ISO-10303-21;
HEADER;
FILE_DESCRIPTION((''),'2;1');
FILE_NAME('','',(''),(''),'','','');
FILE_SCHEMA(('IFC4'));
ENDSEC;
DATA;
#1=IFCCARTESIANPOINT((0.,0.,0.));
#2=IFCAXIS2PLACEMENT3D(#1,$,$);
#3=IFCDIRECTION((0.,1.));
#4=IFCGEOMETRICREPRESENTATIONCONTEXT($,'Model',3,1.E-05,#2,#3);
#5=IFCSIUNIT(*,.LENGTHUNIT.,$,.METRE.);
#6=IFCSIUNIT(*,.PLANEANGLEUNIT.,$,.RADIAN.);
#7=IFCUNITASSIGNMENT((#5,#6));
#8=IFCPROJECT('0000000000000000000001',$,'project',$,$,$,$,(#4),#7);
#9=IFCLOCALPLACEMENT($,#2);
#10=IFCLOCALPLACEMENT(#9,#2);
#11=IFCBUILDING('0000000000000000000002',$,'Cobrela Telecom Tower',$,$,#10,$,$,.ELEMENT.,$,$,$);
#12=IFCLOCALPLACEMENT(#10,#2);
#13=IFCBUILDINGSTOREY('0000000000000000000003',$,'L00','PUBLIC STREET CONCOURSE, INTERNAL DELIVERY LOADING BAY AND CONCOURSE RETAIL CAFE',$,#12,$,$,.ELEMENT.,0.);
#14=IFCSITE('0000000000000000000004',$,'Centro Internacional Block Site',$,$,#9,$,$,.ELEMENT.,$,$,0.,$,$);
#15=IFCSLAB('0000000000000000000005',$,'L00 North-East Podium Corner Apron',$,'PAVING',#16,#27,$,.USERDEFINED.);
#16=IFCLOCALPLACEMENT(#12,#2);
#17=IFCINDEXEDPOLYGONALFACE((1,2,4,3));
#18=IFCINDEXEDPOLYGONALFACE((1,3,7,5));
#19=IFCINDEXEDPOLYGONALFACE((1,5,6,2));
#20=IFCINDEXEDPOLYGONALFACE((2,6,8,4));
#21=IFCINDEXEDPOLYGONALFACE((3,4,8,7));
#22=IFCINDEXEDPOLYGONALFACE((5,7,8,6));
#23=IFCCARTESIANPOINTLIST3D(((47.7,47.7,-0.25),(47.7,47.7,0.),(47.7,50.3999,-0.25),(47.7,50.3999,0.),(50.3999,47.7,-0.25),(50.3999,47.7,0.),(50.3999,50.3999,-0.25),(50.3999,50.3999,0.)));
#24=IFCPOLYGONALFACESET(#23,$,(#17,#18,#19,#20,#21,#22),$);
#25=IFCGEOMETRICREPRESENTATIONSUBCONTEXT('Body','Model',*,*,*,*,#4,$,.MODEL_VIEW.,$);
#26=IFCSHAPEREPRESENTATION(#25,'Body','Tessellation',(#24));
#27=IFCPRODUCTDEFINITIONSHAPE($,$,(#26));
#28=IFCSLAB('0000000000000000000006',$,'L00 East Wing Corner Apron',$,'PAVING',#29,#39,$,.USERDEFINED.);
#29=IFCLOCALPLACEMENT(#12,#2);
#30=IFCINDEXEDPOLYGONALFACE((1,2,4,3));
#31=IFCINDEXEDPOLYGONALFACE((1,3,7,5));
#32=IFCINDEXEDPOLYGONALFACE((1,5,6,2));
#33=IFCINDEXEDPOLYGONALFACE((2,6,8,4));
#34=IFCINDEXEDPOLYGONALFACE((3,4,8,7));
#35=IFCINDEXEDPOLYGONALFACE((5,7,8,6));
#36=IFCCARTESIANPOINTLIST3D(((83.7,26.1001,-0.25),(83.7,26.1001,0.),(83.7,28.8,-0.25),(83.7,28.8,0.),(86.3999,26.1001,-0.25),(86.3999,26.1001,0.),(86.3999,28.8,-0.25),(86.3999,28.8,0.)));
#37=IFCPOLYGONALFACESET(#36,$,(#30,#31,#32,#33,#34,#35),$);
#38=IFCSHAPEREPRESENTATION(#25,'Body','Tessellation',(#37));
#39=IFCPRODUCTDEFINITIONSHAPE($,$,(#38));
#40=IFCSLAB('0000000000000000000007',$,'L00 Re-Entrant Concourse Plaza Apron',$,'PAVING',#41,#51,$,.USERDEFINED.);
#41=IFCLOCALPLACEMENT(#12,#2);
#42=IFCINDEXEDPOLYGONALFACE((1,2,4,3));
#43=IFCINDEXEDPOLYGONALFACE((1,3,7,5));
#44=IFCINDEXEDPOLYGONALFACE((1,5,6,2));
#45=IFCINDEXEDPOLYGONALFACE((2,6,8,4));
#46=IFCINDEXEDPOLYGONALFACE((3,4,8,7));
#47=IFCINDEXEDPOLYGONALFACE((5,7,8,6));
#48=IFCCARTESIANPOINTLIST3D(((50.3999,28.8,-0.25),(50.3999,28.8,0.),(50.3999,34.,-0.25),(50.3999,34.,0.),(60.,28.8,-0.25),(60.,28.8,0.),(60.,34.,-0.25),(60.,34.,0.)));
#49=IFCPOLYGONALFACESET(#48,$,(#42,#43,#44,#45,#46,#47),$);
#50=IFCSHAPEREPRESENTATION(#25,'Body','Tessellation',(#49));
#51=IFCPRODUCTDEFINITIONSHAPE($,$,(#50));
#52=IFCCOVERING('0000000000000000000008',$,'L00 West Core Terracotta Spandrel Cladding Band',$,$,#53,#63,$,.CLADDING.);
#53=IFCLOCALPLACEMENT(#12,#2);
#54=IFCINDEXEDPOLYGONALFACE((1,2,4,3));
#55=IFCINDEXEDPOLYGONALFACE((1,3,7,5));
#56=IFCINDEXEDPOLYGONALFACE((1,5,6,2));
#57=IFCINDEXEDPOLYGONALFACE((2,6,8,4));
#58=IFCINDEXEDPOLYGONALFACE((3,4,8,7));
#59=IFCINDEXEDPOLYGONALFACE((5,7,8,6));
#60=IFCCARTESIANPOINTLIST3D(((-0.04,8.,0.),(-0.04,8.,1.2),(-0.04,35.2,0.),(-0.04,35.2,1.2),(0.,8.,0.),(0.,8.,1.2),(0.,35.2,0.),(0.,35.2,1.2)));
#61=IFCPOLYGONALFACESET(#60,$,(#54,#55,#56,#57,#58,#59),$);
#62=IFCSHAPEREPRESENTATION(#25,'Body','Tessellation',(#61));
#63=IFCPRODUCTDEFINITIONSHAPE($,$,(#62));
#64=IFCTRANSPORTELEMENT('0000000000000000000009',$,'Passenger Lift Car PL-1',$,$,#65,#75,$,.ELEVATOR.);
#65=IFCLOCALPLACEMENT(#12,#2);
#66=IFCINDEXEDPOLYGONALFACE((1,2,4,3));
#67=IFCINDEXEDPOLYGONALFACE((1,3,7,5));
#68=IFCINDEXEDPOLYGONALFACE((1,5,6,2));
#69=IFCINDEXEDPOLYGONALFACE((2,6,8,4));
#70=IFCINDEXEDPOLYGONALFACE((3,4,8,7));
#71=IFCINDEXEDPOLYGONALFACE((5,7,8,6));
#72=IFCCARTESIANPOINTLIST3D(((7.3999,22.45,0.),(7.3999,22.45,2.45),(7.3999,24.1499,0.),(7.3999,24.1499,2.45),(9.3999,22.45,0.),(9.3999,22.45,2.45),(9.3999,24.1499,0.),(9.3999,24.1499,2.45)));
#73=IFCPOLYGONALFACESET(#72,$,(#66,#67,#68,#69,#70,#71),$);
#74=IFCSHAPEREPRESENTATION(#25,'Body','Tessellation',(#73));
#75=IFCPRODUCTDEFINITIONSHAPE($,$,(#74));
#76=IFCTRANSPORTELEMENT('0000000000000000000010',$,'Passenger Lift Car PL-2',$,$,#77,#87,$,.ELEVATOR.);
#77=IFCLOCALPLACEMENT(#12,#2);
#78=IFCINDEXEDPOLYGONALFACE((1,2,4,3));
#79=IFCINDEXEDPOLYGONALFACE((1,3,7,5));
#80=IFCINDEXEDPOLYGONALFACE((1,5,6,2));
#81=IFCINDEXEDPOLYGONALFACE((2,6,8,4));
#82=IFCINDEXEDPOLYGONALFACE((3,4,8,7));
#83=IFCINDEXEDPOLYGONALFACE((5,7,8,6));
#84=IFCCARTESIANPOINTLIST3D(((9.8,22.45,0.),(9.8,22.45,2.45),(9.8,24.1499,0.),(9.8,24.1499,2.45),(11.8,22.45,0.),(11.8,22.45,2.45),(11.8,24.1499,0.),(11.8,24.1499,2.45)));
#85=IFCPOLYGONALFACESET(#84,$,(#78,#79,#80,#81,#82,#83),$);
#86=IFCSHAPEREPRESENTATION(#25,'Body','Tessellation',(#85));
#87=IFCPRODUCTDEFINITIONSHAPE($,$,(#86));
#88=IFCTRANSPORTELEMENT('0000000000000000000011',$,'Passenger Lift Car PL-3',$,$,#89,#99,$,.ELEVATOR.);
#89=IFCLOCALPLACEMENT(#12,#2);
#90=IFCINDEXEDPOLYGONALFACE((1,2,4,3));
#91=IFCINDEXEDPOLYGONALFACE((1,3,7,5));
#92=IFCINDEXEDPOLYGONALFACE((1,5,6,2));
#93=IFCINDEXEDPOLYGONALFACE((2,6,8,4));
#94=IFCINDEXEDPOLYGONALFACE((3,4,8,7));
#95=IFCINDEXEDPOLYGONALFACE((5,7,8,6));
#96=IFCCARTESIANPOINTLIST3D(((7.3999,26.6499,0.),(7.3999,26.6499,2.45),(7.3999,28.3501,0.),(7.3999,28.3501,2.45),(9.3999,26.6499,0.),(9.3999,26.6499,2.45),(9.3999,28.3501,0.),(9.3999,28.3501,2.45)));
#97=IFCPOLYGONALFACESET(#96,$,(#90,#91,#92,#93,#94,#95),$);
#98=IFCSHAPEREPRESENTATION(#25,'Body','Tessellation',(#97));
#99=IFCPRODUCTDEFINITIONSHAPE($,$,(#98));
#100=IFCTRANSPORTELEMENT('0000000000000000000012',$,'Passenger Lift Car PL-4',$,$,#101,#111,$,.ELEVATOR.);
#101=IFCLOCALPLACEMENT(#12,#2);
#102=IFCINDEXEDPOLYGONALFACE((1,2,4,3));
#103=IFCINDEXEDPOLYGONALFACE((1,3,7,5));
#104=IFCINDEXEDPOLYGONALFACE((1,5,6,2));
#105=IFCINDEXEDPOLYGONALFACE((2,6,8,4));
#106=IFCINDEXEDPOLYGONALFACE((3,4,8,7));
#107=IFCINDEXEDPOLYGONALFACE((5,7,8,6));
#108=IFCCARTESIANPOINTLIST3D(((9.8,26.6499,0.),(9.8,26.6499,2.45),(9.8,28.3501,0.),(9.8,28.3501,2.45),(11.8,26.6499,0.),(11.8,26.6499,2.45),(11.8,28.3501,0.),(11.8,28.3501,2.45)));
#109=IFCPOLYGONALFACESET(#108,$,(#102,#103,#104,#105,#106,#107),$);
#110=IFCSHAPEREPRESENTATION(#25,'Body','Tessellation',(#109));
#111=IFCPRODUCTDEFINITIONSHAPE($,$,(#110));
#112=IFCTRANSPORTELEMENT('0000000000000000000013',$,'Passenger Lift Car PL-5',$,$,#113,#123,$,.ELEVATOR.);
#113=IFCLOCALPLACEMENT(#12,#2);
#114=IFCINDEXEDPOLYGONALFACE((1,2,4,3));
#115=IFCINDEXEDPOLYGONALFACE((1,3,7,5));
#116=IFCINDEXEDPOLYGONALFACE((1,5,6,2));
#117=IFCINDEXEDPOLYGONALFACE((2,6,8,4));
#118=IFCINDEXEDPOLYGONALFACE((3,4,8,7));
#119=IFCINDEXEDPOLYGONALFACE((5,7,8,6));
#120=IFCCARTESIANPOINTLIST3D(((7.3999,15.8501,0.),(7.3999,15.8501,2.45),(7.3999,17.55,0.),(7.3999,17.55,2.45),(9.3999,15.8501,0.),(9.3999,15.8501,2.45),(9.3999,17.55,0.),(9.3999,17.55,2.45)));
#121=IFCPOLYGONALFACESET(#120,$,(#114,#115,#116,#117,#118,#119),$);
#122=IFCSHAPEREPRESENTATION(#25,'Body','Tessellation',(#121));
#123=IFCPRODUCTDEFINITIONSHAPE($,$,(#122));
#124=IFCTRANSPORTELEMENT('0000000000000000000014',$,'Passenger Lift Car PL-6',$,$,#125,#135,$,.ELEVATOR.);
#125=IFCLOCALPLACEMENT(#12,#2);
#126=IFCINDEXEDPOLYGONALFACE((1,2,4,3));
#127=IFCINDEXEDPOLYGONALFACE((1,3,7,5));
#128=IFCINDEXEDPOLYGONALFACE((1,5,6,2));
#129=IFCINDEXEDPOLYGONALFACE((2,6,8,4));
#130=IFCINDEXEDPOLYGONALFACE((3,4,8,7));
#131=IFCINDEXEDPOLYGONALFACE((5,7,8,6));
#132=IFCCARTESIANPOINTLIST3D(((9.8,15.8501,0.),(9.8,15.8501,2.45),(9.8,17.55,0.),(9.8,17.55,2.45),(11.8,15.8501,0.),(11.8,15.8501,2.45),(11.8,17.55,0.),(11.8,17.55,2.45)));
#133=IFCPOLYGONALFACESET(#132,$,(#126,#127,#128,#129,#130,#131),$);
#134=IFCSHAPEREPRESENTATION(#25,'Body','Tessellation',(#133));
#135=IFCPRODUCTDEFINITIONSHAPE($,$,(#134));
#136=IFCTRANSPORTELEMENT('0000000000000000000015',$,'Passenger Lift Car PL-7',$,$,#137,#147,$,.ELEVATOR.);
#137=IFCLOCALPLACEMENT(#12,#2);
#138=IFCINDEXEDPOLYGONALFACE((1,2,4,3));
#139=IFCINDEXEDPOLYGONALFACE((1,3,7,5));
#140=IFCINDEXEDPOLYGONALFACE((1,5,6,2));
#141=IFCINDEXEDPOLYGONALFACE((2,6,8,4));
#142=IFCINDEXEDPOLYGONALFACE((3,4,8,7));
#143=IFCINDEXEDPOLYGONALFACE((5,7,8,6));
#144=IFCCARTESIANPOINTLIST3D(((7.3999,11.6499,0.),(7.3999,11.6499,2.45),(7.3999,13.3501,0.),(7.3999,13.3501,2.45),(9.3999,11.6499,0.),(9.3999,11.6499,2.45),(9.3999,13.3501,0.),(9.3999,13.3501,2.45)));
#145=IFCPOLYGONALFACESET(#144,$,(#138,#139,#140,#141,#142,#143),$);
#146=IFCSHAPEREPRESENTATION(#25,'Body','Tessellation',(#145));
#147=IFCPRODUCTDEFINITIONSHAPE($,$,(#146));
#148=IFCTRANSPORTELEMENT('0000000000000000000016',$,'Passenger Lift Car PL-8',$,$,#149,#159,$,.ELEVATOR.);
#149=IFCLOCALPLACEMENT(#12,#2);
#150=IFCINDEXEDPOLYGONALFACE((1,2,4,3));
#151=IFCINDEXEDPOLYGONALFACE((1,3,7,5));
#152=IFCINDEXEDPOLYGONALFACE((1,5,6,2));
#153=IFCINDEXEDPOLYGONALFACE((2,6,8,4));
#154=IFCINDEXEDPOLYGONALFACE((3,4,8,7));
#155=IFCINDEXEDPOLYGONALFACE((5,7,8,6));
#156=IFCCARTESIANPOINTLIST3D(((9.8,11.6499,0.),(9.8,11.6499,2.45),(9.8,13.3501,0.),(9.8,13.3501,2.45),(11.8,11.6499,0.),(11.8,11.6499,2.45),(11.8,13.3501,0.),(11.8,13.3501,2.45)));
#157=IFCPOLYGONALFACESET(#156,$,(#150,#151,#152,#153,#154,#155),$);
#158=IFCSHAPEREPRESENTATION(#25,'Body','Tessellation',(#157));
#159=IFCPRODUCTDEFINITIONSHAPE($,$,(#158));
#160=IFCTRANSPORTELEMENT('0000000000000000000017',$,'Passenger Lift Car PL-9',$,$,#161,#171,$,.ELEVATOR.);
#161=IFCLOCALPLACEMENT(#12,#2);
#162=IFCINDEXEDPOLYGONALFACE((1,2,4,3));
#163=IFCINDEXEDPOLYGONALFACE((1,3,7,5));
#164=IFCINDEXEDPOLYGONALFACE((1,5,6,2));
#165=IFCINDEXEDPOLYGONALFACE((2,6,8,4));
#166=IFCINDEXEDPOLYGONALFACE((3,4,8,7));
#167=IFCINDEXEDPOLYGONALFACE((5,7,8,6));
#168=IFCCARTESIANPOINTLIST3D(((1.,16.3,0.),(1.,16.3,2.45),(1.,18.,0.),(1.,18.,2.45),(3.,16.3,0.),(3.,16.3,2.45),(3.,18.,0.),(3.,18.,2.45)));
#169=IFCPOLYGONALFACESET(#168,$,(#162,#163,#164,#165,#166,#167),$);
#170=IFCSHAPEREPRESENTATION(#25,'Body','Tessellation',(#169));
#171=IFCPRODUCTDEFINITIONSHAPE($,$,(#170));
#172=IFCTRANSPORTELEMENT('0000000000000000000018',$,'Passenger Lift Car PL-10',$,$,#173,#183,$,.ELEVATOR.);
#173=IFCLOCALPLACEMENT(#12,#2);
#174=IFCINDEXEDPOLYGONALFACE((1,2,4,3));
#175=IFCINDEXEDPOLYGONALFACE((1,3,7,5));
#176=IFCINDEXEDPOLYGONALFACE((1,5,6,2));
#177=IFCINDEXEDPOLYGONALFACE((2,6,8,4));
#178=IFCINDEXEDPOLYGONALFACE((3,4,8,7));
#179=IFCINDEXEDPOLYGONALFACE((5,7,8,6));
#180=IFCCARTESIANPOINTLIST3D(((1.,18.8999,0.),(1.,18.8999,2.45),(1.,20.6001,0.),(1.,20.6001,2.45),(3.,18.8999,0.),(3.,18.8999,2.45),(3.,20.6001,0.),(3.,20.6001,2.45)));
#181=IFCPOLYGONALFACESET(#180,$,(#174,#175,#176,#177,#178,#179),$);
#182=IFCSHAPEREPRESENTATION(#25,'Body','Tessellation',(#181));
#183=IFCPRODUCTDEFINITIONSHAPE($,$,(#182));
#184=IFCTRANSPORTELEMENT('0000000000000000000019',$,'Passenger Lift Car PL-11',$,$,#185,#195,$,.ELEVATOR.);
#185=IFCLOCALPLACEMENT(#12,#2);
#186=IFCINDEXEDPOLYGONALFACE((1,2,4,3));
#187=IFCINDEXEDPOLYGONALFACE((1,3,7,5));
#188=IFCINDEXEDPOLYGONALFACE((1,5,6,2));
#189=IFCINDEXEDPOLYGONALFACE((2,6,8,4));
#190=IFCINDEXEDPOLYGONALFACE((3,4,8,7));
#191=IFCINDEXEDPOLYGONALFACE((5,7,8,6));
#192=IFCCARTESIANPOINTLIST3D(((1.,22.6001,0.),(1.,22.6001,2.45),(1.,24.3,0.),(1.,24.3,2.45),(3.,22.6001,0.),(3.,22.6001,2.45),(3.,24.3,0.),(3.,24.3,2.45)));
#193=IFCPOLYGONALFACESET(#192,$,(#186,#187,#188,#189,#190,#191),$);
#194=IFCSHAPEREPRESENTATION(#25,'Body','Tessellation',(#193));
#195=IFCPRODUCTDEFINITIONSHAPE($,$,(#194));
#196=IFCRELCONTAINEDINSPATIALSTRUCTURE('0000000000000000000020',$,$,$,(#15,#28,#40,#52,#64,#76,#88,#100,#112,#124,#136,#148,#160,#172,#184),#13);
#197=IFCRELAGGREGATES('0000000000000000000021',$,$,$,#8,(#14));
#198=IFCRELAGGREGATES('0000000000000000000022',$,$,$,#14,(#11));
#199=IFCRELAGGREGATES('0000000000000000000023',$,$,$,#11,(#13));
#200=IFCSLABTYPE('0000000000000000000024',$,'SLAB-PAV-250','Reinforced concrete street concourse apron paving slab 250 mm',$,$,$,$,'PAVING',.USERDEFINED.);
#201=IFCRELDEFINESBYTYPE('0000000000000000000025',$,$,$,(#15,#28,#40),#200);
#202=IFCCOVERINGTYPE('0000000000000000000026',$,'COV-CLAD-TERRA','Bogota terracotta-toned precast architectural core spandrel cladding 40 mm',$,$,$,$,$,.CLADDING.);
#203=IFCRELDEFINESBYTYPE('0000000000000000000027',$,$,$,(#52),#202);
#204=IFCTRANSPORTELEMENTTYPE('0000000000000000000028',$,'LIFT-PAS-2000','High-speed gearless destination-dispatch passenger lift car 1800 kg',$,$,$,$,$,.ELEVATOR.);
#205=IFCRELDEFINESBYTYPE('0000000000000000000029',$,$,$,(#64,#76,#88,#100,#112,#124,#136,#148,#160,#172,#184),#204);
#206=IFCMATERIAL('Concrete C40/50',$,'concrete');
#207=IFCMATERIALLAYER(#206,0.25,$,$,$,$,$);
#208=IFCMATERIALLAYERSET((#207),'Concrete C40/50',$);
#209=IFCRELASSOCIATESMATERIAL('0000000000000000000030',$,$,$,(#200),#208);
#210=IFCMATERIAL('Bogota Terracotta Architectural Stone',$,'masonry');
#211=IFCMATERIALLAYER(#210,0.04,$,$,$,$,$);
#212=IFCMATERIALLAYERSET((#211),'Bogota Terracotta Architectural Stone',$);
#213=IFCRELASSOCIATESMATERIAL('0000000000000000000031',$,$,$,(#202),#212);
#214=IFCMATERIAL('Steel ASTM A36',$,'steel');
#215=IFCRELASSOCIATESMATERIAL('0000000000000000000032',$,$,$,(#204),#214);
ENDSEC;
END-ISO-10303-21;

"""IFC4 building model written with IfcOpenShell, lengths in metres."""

from ifc_helpers import new_model, si_unit, direction, frame, origin, place, context, subcontext, project, spatial, polyline, outline, extrude, material, layer, layer_set, type_object, element, save


model = new_model("IFC4")

# Units and contexts
model_context = context("Model", 3, precision=1e-05, world=origin(), true_north=direction((0.0, 1.0)))
body_context = subcontext(model_context, "Body", "Model", "MODEL_VIEW")
ifc_project = project(units=[si_unit("LENGTHUNIT", "METRE"), si_unit("PLANEANGLEUNIT", "RADIAN")], contexts=[model_context])

# Site, building, storey
site_placement = place(None, origin())
site = spatial("IfcSite", under=ifc_project, at=site_placement, Name="Centro Internacional Block Site", CompositionType="ELEMENT", RefElevation=0.0)
building_placement = place(site_placement, origin())
building = spatial("IfcBuilding", under=site, at=building_placement, Name="Cobrela Telecom Tower", CompositionType="ELEMENT")
storey_placement = place(building_placement, origin())
storey = spatial("IfcBuildingStorey", under=building, at=storey_placement, Name="L00", Description="PUBLIC STREET CONCOURSE, INTERNAL DELIVERY LOADING BAY AND CONCOURSE RETAIL CAFE", CompositionType="ELEMENT", Elevation=0.0)

# Shared definitions
ifc_material_1 = material(Name="Concrete C40/50", Category="concrete")

# Slabs
ifc_layer_1 = layer(ifc_material_1, 0.25)
ifc_layer_set_1 = layer_set([ifc_layer_1], Name="Concrete C40/50")
slab_type_1 = type_object("IfcSlabType", Name="SLAB-PAV-250", Description="Reinforced concrete street concourse apron paving slab 250 mm", ElementType="PAVING", PredefinedType="USERDEFINED", material=ifc_layer_set_1)
slab_1_placement = place(storey_placement, frame((0.0, 0.0, -0.25)))
element("IfcSlab", 1, at=slab_1_placement, inside=storey, type_object=slab_type_1, Name="L00 North-East Podium Corner Apron", ObjectType="PAVING", PredefinedType="USERDEFINED", context=body_context, shape_type="SweptSolid", body=[
    extrude(outline(polyline([(47.7, 47.7), (50.3999, 47.7), (50.3999, 50.3999), (47.7, 50.3999), (47.7, 47.7)])), origin(), (0.0, 0.0, 1.0), 0.25),
])
slab_2_placement = place(storey_placement, frame((0.0, 0.0, -0.25)))
element("IfcSlab", 2, at=slab_2_placement, inside=storey, type_object=slab_type_1, Name="L00 East Wing Corner Apron", ObjectType="PAVING", PredefinedType="USERDEFINED", context=body_context, shape_type="SweptSolid", body=[
    extrude(outline(polyline([(83.7, 26.1001), (86.3999, 26.1001), (86.3999, 28.8), (83.7, 28.8), (83.7, 26.1001)])), origin(), (0.0, 0.0, 1.0), 0.25),
])
slab_3_placement = place(storey_placement, frame((0.0, 0.0, -0.25)))
element("IfcSlab", 3, at=slab_3_placement, inside=storey, type_object=slab_type_1, Name="L00 Re-Entrant Concourse Plaza Apron", ObjectType="PAVING", PredefinedType="USERDEFINED", context=body_context, shape_type="SweptSolid", body=[
    extrude(outline(polyline([(50.3999, 28.8), (60.0, 28.8), (60.0, 34.0), (50.3999, 34.0), (50.3999, 28.8)])), origin(), (0.0, 0.0, 1.0), 0.25),
])

# Covering
ifc_material_2 = material(Name="Bogota Terracotta Architectural Stone", Category="masonry")
ifc_layer_2 = layer(ifc_material_2, 0.04)
ifc_layer_set_2 = layer_set([ifc_layer_2], Name="Bogota Terracotta Architectural Stone")
covering_type_1 = type_object("IfcCoveringType", Name="COV-CLAD-TERRA", Description="Bogota terracotta-toned precast architectural core spandrel cladding 40 mm", PredefinedType="CLADDING", material=ifc_layer_set_2)
covering_1_placement = place(storey_placement, origin())
element("IfcCovering", 4, at=covering_1_placement, inside=storey, type_object=covering_type_1, Name="L00 West Core Terracotta Spandrel Cladding Band", PredefinedType="CLADDING", context=body_context, shape_type="SweptSolid", body=[
    extrude(outline(polyline([(-0.04, 8.0), (0.0, 8.0), (0.0, 35.2), (-0.04, 35.2), (-0.04, 8.0)])), origin(), (0.0, 0.0, 1.0), 1.2),
])

# Transport elements
ifc_material_3 = material(Name="Steel ASTM A36", Category="steel")
transport_element_type = type_object("IfcTransportElementType", Name="LIFT-PAS-2000", Description="High-speed gearless destination-dispatch passenger lift car 1800 kg", PredefinedType="ELEVATOR", material=ifc_material_3)
transport_element_1_placement = place(storey_placement, origin())
element("IfcTransportElement", 5, at=transport_element_1_placement, inside=storey, type_object=transport_element_type, Name="Passenger Lift Car PL-1", PredefinedType="ELEVATOR", context=body_context, shape_type="SweptSolid", body=[
    extrude(outline(polyline([(7.3999, 22.45), (9.3999, 22.45), (9.3999, 24.1499), (7.3999, 24.1499), (7.3999, 22.45)])), origin(), (0.0, 0.0, 1.0), 2.45),
])
transport_element_2_placement = place(storey_placement, origin())
element("IfcTransportElement", 6, at=transport_element_2_placement, inside=storey, type_object=transport_element_type, Name="Passenger Lift Car PL-2", PredefinedType="ELEVATOR", context=body_context, shape_type="SweptSolid", body=[
    extrude(outline(polyline([(9.8, 22.45), (11.8, 22.45), (11.8, 24.1499), (9.8, 24.1499), (9.8, 22.45)])), origin(), (0.0, 0.0, 1.0), 2.45),
])
transport_element_3_placement = place(storey_placement, origin())
element("IfcTransportElement", 7, at=transport_element_3_placement, inside=storey, type_object=transport_element_type, Name="Passenger Lift Car PL-3", PredefinedType="ELEVATOR", context=body_context, shape_type="SweptSolid", body=[
    extrude(outline(polyline([(7.3999, 26.6499), (9.3999, 26.6499), (9.3999, 28.3501), (7.3999, 28.3501), (7.3999, 26.6499)])), origin(), (0.0, 0.0, 1.0), 2.45),
])
transport_element_4_placement = place(storey_placement, origin())
element("IfcTransportElement", 8, at=transport_element_4_placement, inside=storey, type_object=transport_element_type, Name="Passenger Lift Car PL-4", PredefinedType="ELEVATOR", context=body_context, shape_type="SweptSolid", body=[
    extrude(outline(polyline([(9.8, 26.6499), (11.8, 26.6499), (11.8, 28.3501), (9.8, 28.3501), (9.8, 26.6499)])), origin(), (0.0, 0.0, 1.0), 2.45),
])
transport_element_5_placement = place(storey_placement, origin())
element("IfcTransportElement", 9, at=transport_element_5_placement, inside=storey, type_object=transport_element_type, Name="Passenger Lift Car PL-5", PredefinedType="ELEVATOR", context=body_context, shape_type="SweptSolid", body=[
    extrude(outline(polyline([(7.3999, 15.8501), (9.3999, 15.8501), (9.3999, 17.55), (7.3999, 17.55), (7.3999, 15.8501)])), origin(), (0.0, 0.0, 1.0), 2.45),
])
transport_element_6_placement = place(storey_placement, origin())
element("IfcTransportElement", 10, at=transport_element_6_placement, inside=storey, type_object=transport_element_type, Name="Passenger Lift Car PL-6", PredefinedType="ELEVATOR", context=body_context, shape_type="SweptSolid", body=[
    extrude(outline(polyline([(9.8, 15.8501), (11.8, 15.8501), (11.8, 17.55), (9.8, 17.55), (9.8, 15.8501)])), origin(), (0.0, 0.0, 1.0), 2.45),
])
transport_element_7_placement = place(storey_placement, origin())
element("IfcTransportElement", 11, at=transport_element_7_placement, inside=storey, type_object=transport_element_type, Name="Passenger Lift Car PL-7", PredefinedType="ELEVATOR", context=body_context, shape_type="SweptSolid", body=[
    extrude(outline(polyline([(7.3999, 11.6499), (9.3999, 11.6499), (9.3999, 13.3501), (7.3999, 13.3501), (7.3999, 11.6499)])), origin(), (0.0, 0.0, 1.0), 2.45),
])
transport_element_8_placement = place(storey_placement, origin())
element("IfcTransportElement", 12, at=transport_element_8_placement, inside=storey, type_object=transport_element_type, Name="Passenger Lift Car PL-8", PredefinedType="ELEVATOR", context=body_context, shape_type="SweptSolid", body=[
    extrude(outline(polyline([(9.8, 11.6499), (11.8, 11.6499), (11.8, 13.3501), (9.8, 13.3501), (9.8, 11.6499)])), origin(), (0.0, 0.0, 1.0), 2.45),
])
transport_element_9_placement = place(storey_placement, origin())
element("IfcTransportElement", 13, at=transport_element_9_placement, inside=storey, type_object=transport_element_type, Name="Passenger Lift Car PL-9", PredefinedType="ELEVATOR", context=body_context, shape_type="SweptSolid", body=[
    extrude(outline(polyline([(1.0, 16.3), (3.0, 16.3), (3.0, 18.0), (1.0, 18.0), (1.0, 16.3)])), origin(), (0.0, 0.0, 1.0), 2.45),
])
transport_element_10_placement = place(storey_placement, origin())
element("IfcTransportElement", 14, at=transport_element_10_placement, inside=storey, type_object=transport_element_type, Name="Passenger Lift Car PL-10", PredefinedType="ELEVATOR", context=body_context, shape_type="SweptSolid", body=[
    extrude(outline(polyline([(1.0, 18.8999), (3.0, 18.8999), (3.0, 20.6001), (1.0, 20.6001), (1.0, 18.8999)])), origin(), (0.0, 0.0, 1.0), 2.45),
])
transport_element_11_placement = place(storey_placement, origin())
element("IfcTransportElement", 15, at=transport_element_11_placement, inside=storey, type_object=transport_element_type, Name="Passenger Lift Car PL-11", PredefinedType="ELEVATOR", context=body_context, shape_type="SweptSolid", body=[
    extrude(outline(polyline([(1.0, 22.6001), (3.0, 22.6001), (3.0, 24.3), (1.0, 24.3), (1.0, 22.6001)])), origin(), (0.0, 0.0, 1.0), 2.45),
])

save(model, "model.ifc")
